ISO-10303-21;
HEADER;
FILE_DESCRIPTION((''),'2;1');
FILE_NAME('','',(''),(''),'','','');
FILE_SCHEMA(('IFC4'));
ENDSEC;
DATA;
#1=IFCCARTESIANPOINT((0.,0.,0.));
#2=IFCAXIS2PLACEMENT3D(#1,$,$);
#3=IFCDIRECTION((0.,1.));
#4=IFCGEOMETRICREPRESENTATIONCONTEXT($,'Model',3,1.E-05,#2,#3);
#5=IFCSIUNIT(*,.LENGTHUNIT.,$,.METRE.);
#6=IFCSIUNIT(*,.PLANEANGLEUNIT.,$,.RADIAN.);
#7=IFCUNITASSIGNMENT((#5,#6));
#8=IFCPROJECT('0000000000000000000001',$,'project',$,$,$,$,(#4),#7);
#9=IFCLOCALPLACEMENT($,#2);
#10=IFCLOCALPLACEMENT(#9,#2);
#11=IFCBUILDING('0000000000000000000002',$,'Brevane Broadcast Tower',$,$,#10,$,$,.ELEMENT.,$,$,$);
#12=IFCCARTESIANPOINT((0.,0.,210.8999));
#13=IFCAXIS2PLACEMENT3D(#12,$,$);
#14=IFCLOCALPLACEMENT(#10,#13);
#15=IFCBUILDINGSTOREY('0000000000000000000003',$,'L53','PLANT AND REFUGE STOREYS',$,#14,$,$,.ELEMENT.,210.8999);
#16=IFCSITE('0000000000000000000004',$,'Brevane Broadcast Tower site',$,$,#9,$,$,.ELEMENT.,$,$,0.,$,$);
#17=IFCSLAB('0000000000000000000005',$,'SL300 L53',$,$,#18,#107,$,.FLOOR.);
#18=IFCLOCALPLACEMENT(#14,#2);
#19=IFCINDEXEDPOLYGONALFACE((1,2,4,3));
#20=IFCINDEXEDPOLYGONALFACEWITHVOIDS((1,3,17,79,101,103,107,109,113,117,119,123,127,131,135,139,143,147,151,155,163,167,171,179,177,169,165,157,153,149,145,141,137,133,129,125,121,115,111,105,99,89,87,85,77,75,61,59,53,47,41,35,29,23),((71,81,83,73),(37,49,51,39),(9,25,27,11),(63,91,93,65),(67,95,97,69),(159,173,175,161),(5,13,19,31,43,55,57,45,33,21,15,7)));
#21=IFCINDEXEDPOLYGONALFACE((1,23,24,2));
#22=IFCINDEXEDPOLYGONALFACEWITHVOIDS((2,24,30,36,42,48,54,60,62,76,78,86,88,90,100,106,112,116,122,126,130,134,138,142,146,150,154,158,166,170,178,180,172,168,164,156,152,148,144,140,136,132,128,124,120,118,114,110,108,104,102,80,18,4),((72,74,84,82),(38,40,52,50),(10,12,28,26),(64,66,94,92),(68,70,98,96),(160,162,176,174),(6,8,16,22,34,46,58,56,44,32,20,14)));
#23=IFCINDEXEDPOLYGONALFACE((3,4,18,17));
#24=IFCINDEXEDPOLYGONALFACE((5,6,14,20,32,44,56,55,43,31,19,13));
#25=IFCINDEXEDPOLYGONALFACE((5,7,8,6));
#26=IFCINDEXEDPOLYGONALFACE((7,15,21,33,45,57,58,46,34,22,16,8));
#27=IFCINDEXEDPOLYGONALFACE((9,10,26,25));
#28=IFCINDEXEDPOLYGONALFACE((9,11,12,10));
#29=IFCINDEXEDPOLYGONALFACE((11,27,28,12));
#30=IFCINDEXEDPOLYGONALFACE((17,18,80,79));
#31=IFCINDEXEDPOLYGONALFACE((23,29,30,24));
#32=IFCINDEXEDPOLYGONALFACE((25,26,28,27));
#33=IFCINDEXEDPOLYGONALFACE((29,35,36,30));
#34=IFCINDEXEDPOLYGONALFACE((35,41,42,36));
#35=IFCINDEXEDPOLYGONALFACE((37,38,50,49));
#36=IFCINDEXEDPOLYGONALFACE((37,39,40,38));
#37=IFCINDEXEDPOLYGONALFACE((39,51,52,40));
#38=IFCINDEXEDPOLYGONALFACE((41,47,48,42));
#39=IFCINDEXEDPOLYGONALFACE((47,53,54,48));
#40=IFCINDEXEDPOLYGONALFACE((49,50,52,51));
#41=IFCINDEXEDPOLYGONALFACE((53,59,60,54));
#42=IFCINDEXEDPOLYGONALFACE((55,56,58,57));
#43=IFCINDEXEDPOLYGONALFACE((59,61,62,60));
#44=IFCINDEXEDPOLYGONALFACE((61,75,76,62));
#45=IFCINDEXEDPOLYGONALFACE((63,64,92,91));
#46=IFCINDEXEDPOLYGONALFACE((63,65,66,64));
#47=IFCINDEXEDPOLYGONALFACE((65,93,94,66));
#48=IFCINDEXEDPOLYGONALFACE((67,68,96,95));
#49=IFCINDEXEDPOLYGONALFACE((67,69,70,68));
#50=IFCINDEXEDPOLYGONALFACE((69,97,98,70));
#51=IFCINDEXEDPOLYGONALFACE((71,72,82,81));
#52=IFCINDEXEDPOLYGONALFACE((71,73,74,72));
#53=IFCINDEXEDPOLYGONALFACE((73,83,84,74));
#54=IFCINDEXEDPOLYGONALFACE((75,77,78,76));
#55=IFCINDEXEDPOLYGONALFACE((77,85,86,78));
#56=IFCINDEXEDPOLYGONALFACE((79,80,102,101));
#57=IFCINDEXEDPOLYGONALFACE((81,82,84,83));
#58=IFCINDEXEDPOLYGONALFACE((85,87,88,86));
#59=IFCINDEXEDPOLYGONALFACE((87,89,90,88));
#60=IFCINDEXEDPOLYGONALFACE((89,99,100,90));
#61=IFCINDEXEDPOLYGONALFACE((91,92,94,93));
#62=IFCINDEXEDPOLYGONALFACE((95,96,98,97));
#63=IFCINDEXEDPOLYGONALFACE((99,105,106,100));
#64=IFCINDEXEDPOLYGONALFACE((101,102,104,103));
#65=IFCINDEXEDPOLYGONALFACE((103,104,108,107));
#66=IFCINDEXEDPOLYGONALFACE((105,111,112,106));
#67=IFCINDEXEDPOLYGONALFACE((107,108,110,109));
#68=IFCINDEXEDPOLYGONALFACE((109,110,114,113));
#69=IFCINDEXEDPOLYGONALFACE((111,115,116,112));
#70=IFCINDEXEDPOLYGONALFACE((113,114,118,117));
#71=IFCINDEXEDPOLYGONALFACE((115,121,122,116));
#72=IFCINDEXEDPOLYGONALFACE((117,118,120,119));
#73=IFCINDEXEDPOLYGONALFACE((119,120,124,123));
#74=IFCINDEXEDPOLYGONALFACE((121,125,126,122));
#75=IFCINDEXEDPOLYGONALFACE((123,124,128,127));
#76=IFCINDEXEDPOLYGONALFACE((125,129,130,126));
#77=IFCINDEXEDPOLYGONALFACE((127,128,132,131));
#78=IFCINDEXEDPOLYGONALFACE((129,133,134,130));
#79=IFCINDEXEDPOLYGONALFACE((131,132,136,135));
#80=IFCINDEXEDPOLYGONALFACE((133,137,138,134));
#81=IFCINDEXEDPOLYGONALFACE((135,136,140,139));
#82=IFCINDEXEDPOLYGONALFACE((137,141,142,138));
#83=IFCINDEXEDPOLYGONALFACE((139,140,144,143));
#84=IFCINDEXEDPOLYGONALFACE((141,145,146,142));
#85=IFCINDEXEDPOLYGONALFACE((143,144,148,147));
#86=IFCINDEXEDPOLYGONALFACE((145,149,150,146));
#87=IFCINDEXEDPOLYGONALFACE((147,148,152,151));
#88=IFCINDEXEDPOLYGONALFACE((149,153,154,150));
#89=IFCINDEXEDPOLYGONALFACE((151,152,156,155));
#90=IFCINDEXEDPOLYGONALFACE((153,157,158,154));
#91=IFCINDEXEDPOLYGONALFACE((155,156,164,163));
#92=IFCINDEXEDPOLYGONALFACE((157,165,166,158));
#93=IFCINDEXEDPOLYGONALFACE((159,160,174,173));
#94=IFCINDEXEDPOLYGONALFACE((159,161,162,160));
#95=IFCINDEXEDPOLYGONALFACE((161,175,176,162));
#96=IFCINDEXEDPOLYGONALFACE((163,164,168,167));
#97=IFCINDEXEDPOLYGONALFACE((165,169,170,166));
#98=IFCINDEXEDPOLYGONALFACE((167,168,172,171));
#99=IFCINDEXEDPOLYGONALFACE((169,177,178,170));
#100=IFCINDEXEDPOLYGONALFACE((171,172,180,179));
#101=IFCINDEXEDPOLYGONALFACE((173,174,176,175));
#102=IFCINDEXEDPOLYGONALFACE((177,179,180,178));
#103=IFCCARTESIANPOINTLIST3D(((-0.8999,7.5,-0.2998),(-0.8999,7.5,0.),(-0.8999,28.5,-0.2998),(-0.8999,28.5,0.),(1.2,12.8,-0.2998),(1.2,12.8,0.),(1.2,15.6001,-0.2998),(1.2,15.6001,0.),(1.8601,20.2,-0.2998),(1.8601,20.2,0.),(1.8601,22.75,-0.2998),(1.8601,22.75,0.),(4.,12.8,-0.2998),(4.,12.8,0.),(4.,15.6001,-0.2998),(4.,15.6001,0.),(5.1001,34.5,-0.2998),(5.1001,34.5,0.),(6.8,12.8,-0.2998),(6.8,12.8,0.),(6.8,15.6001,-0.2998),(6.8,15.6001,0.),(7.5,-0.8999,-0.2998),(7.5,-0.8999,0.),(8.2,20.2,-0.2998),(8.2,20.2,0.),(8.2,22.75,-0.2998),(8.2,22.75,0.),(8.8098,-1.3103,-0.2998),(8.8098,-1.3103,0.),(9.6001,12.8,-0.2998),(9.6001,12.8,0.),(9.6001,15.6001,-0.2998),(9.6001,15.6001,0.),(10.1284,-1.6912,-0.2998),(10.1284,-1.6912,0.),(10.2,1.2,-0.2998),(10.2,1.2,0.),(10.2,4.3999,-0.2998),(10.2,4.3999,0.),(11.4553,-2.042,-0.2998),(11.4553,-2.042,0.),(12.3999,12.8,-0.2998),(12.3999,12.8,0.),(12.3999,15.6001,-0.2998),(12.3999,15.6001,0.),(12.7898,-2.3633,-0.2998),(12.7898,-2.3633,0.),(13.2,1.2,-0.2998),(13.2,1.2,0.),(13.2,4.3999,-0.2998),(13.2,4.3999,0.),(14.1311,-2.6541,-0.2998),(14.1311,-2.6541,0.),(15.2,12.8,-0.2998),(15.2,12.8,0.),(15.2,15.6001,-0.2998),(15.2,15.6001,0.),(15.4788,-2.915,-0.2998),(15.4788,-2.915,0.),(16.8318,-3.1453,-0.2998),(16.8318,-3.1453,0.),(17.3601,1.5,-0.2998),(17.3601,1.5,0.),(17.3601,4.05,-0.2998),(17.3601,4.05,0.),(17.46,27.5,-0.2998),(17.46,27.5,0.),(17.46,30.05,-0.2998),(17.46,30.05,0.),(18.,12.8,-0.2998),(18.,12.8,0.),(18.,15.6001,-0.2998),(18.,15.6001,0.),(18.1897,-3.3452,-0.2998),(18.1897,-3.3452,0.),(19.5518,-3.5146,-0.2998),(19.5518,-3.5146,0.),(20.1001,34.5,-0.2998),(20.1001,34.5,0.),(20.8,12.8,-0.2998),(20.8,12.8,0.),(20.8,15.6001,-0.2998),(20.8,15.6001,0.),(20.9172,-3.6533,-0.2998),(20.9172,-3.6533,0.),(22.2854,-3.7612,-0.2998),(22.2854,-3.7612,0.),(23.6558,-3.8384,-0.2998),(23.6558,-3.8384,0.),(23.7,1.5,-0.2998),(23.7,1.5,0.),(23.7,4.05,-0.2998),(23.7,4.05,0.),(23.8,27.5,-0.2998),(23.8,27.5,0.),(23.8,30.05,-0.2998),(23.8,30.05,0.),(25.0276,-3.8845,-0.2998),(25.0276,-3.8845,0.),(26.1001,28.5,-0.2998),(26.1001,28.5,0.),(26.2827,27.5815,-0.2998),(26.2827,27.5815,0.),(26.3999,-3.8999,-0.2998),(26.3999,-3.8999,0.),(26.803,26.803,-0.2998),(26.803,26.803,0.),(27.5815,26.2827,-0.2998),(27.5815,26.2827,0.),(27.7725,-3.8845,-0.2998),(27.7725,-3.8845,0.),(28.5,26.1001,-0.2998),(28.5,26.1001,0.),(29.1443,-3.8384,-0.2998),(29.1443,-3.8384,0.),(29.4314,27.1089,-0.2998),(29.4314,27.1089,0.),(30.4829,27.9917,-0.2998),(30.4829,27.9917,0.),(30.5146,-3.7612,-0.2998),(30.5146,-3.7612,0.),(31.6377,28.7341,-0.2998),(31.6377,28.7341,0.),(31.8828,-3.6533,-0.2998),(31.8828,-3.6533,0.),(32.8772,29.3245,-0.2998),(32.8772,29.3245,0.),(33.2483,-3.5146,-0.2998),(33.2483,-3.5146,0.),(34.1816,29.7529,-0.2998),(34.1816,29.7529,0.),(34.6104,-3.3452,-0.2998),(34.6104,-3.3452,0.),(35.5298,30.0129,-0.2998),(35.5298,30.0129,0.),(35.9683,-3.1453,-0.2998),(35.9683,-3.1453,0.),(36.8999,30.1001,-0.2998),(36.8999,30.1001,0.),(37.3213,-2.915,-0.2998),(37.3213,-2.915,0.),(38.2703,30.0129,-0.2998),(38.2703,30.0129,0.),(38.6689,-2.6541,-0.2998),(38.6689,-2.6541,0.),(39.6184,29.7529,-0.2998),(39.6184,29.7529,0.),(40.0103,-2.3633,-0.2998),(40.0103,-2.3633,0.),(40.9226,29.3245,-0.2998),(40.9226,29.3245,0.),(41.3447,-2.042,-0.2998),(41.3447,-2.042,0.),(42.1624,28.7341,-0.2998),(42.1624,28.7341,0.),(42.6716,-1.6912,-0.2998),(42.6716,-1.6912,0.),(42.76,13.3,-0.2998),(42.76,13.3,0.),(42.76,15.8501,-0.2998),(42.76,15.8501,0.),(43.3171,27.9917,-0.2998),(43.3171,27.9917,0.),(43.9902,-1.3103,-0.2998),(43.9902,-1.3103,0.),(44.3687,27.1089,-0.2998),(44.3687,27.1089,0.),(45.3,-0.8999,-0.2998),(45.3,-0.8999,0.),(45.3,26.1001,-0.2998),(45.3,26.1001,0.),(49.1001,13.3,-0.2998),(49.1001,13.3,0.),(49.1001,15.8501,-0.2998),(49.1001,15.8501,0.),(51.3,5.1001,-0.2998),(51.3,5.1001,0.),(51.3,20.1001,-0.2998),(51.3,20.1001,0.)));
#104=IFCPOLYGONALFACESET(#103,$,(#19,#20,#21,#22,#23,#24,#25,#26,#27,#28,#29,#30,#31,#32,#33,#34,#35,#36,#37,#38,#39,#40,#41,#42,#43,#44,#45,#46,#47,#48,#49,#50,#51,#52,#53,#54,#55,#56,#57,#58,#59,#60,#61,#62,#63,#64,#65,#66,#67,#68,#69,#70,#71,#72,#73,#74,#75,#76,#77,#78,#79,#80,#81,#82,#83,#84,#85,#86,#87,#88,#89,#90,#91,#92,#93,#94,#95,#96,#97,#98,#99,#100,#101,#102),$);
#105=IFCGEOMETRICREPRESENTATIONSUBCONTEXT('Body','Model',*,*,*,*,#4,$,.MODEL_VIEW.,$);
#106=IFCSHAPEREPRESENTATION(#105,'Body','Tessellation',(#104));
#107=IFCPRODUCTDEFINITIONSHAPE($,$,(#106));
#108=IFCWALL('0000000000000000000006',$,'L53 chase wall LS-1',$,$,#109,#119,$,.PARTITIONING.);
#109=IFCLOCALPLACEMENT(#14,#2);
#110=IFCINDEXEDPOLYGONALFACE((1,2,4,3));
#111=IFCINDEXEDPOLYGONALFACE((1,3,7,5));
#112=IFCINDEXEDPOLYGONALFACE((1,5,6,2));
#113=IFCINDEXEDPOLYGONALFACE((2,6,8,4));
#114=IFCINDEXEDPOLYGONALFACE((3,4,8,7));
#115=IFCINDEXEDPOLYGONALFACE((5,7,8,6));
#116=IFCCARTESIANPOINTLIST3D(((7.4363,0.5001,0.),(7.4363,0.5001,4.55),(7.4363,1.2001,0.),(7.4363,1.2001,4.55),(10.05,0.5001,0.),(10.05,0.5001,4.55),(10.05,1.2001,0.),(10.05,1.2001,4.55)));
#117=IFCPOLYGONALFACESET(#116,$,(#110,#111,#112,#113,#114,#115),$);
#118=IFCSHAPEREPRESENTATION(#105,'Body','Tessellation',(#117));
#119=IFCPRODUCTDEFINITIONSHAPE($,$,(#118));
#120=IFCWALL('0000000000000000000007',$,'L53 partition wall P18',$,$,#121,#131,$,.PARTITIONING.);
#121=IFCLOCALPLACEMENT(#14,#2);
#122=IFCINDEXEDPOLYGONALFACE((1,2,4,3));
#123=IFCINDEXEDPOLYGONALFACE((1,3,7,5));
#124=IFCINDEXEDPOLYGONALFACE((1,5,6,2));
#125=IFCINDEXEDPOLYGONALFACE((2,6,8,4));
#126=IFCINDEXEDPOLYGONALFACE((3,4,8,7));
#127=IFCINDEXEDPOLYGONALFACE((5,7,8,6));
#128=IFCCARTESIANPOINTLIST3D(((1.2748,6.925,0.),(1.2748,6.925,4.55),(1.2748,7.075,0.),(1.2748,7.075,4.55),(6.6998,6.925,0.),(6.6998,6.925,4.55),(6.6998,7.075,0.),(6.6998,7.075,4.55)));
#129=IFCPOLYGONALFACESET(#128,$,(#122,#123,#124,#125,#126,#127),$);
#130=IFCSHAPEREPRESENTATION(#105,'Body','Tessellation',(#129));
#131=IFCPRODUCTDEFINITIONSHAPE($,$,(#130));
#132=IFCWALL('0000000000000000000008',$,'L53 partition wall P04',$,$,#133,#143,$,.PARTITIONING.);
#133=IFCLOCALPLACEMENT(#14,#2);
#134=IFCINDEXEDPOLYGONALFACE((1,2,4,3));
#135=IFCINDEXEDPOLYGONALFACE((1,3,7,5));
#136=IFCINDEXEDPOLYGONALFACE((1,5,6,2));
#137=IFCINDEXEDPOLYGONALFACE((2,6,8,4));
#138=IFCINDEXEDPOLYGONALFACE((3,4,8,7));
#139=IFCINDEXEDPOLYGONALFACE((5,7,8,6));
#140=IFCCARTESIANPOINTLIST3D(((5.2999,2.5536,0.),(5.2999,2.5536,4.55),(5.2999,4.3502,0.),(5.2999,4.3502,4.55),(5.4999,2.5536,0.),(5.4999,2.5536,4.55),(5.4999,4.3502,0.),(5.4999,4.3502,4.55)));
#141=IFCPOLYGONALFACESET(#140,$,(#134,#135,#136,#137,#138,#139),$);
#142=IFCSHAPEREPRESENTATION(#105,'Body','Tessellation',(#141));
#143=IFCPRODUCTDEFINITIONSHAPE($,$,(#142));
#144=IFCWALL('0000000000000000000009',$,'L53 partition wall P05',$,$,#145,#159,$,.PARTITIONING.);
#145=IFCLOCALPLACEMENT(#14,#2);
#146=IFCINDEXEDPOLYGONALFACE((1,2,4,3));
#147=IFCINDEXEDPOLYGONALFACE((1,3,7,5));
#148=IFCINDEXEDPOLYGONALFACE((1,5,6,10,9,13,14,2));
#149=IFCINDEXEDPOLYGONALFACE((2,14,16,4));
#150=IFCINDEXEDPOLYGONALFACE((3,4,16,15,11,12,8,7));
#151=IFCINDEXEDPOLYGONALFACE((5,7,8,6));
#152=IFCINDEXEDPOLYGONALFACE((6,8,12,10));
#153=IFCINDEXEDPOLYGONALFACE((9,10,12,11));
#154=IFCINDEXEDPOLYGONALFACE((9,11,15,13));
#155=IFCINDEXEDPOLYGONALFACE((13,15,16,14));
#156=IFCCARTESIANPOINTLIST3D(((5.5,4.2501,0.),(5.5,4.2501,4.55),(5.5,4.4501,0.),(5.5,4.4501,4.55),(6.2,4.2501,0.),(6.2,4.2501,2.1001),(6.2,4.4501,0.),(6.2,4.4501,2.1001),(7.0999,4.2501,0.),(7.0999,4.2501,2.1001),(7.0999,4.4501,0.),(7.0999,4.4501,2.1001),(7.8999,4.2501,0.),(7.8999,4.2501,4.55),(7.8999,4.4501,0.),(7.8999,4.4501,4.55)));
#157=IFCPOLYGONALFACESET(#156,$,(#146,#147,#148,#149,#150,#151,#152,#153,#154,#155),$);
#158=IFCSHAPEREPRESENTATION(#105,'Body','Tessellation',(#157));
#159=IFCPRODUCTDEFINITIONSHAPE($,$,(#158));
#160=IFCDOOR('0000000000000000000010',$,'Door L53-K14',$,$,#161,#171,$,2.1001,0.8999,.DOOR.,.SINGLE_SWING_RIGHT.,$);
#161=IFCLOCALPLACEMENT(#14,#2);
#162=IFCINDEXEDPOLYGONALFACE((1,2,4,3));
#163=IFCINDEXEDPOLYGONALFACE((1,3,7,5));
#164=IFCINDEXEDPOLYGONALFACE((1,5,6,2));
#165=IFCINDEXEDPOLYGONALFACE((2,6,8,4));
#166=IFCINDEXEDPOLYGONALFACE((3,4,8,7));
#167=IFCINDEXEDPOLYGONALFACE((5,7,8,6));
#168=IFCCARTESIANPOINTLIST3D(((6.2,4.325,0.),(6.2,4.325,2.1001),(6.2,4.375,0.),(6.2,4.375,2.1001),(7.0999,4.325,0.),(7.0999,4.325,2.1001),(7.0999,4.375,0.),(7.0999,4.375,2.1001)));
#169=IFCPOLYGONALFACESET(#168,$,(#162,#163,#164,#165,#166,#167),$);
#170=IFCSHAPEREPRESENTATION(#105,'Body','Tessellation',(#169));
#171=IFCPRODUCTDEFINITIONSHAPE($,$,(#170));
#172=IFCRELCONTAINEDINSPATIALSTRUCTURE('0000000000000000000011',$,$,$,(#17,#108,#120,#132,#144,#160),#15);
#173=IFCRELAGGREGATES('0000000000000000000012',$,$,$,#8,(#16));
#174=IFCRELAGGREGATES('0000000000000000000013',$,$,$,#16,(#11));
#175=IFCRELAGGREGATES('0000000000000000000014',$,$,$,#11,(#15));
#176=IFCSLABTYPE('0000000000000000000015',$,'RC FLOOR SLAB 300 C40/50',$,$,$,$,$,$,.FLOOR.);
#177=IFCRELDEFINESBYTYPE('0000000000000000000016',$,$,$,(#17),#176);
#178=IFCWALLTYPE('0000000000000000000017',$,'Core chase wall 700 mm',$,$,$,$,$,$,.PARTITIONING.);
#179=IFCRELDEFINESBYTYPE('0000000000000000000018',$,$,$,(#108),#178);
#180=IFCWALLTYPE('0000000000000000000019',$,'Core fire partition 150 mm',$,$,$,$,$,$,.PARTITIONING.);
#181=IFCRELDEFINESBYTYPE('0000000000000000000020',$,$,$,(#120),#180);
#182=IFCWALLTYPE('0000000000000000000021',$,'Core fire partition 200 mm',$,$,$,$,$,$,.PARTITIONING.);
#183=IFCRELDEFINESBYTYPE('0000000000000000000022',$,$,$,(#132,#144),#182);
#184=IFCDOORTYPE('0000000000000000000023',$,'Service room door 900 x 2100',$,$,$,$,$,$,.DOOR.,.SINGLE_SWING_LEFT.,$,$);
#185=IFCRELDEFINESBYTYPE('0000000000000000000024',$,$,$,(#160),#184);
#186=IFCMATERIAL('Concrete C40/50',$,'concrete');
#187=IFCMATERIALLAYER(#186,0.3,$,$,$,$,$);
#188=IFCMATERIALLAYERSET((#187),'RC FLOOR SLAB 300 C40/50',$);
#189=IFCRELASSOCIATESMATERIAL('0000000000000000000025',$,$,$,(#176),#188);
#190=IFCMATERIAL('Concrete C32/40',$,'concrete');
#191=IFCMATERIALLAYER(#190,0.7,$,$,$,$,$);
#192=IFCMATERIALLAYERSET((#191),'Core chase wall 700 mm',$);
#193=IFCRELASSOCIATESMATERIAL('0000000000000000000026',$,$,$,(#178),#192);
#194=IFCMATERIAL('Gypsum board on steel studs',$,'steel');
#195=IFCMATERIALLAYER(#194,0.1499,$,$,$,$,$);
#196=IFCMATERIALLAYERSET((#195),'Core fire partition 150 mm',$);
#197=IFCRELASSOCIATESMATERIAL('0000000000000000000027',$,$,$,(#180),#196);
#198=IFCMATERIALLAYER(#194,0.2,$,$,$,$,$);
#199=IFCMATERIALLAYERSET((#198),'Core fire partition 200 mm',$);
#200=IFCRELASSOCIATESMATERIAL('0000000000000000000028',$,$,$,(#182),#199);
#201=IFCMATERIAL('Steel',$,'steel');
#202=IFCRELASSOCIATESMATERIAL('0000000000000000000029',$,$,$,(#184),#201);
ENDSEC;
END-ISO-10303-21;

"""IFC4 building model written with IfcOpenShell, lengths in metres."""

from ifc_helpers import new_model, si_unit, direction, frame, frame_2d, origin, place, context, subcontext, project, spatial, polyline, rectangle, outline, extrude, material, layer, layer_set, type_object, element, fill, save


model = new_model("IFC4")

# Units and contexts
model_context = context("Model", 3, precision=1e-05, world=origin(), true_north=direction((0.0, 1.0)))
body_context = subcontext(model_context, "Body", "Model", "MODEL_VIEW")
ifc_project = project(units=[si_unit("LENGTHUNIT", "METRE"), si_unit("PLANEANGLEUNIT", "RADIAN")], contexts=[model_context])

# Site, building, storey
site_placement = place(None, origin())
site = spatial("IfcSite", under=ifc_project, at=site_placement, Name="Brevane Broadcast Tower site", CompositionType="ELEMENT", RefElevation=0.0)
building_placement = place(site_placement, origin())
building = spatial("IfcBuilding", under=site, at=building_placement, Name="Brevane Broadcast Tower", CompositionType="ELEMENT")
storey_placement = place(building_placement, frame((0.0, 0.0, 210.8999)))
storey = spatial("IfcBuildingStorey", under=building, at=storey_placement, Name="L53", Description="PLANT AND REFUGE STOREYS", CompositionType="ELEMENT", Elevation=210.8999)

# Slab
ifc_material_1 = material(Name="Concrete C40/50", Category="concrete")
ifc_layer_1 = layer(ifc_material_1, 0.3)
ifc_layer_set_1 = layer_set([ifc_layer_1], Name="RC FLOOR SLAB 300 C40/50")
slab_type_1 = type_object("IfcSlabType", Name="RC FLOOR SLAB 300 C40/50", PredefinedType="FLOOR", material=ifc_layer_set_1)
slab_1_placement = place(storey_placement, frame((0.0, 0.0, -0.2998)))
element("IfcSlab", 1, at=slab_1_placement, inside=storey, type_object=slab_type_1, Name="SL300 L53", PredefinedType="FLOOR", context=body_context, shape_type="SweptSolid", body=[
    extrude(outline(polyline([(-0.8999, 7.5), (-0.8999, 28.5), (5.1001, 34.5), (20.1001, 34.5), (26.1001, 28.5), (26.2827, 27.5815), (26.803, 26.803), (27.5815, 26.2827), (28.5, 26.1001), (29.4314, 27.1089), (30.4829, 27.9917), (31.6377, 28.7341), (32.8772, 29.3245), (34.1816, 29.7529), (35.5298, 30.0129), (36.8999, 30.1001), (38.2703, 30.0129), (39.6184, 29.7529), (40.9226, 29.3245), (42.1624, 28.7341), (43.3171, 27.9917), (44.3687, 27.1089), (45.3, 26.1001), (51.3, 20.1001), (51.3, 5.1001), (45.3, -0.8999), (43.9902, -1.3103), (42.6716, -1.6912), (41.3447, -2.042), (40.0103, -2.3633), (38.6689, -2.6541), (37.3213, -2.915), (35.9683, -3.1453), (34.6104, -3.3452), (33.2483, -3.5146), (31.8828, -3.6533), (30.5146, -3.7612), (29.1443, -3.8384), (27.7725, -3.8845), (26.3999, -3.8999), (25.0276, -3.8845), (23.6558, -3.8384), (22.2854, -3.7612), (20.9172, -3.6533), (19.5518, -3.5146), (18.1897, -3.3452), (16.8318, -3.1453), (15.4788, -2.915), (14.1311, -2.6541), (12.7898, -2.3633), (11.4553, -2.042), (10.1284, -1.6912), (8.8098, -1.3103), (7.5, -0.8999), (-0.8999, 7.5)]), holes=[polyline([(13.2, 4.3999), (10.2, 4.3999), (10.2, 1.2), (13.2, 1.2), (13.2, 4.3999)]), polyline([(4.0, 15.6001), (1.2, 15.6001), (1.2, 12.8), (4.0, 12.8), (6.8, 12.8), (9.6001, 12.8), (12.3999, 12.8), (15.2, 12.8), (15.2, 15.6001), (12.3999, 15.6001), (9.6001, 15.6001), (6.8, 15.6001), (4.0, 15.6001)]), polyline([(1.8601, 22.75), (1.8601, 20.2), (8.2, 20.2), (8.2, 22.75), (1.8601, 22.75)]), polyline([(23.7, 4.05), (17.3601, 4.05), (17.3601, 1.5), (23.7, 1.5), (23.7, 4.05)]), polyline([(20.8, 15.6001), (18.0, 15.6001), (18.0, 12.8), (20.8, 12.8), (20.8, 15.6001)]), polyline([(49.1001, 15.8501), (42.76, 15.8501), (42.76, 13.3), (49.1001, 13.3), (49.1001, 15.8501)]), polyline([(23.8, 30.05), (17.46, 30.05), (17.46, 27.5), (23.8, 27.5), (23.8, 30.05)])]), origin(), (0.0, 0.0, 1.0), 0.2998),
])

# Walls
ifc_material_2 = material(Name="Concrete C32/40", Category="concrete")
ifc_layer_2 = layer(ifc_material_2, 0.7)
ifc_layer_set_2 = layer_set([ifc_layer_2], Name="Core chase wall 700 mm")
wall_type_1 = type_object("IfcWallType", Name="Core chase wall 700 mm", PredefinedType="PARTITIONING", material=ifc_layer_set_2)
wall_1_placement = place(storey_placement, frame((7.4363, 0.8501, 0.0), z_axis=(0.0, 0.0, 1.0), x_axis=(1.0, 0.0, 0.0)))
element("IfcWall", 2, at=wall_1_placement, inside=storey, type_object=wall_type_1, Name="L53 chase wall LS-1", PredefinedType="PARTITIONING", context=body_context, shape_type="SweptSolid", body=[
    extrude(rectangle(XDim=2.6138, YDim=0.7, at=frame_2d((1.3069, 0.0))), origin(), (0.0, 0.0, 1.0), 4.55),
])
ifc_material_3 = material(Name="Gypsum board on steel studs", Category="steel")
ifc_layer_3 = layer(ifc_material_3, 0.1499)
ifc_layer_set_3 = layer_set([ifc_layer_3], Name="Core fire partition 150 mm")
wall_type_2 = type_object("IfcWallType", Name="Core fire partition 150 mm", PredefinedType="PARTITIONING", material=ifc_layer_set_3)
wall_2_placement = place(storey_placement, frame((1.2749, 7.0, 0.0), z_axis=(0.0, 0.0, 1.0), x_axis=(1.0, 0.0, 0.0)))
element("IfcWall", 3, at=wall_2_placement, inside=storey, type_object=wall_type_2, Name="L53 partition wall P18", PredefinedType="PARTITIONING", context=body_context, shape_type="SweptSolid", body=[
    extrude(rectangle(XDim=5.425, YDim=0.1499, at=frame_2d((2.7124, 0.0))), origin(), (0.0, 0.0, 1.0), 4.55),
])
ifc_layer_4 = layer(ifc_material_3, 0.2)
ifc_layer_set_4 = layer_set([ifc_layer_4], Name="Core fire partition 200 mm")
wall_type_3 = type_object("IfcWallType", Name="Core fire partition 200 mm", PredefinedType="PARTITIONING", material=ifc_layer_set_4)
wall_3_placement = place(storey_placement, frame((5.3999, 2.5535, 0.0), z_axis=(0.0, 0.0, 1.0), x_axis=(0.0, 1.0, 0.0)))
element("IfcWall", 4, at=wall_3_placement, inside=storey, type_object=wall_type_3, Name="L53 partition wall P04", PredefinedType="PARTITIONING", context=body_context, shape_type="SweptSolid", body=[
    extrude(rectangle(XDim=1.7966, YDim=0.2, at=frame_2d((0.8984, 0.0))), origin(), (0.0, 0.0, 1.0), 4.55),
])

# Wall, opening, door
wall_4_placement = place(storey_placement, frame((5.5, 4.3501, 0.0), z_axis=(0.0, 0.0, 1.0), x_axis=(1.0, 0.0, 0.0)))
wall_4 = element("IfcWall", 5, at=wall_4_placement, inside=storey, type_object=wall_type_3, Name="L53 partition wall P05", PredefinedType="PARTITIONING", context=body_context, shape_type="SweptSolid", body=[
    extrude(rectangle(XDim=2.3999, YDim=0.2, at=frame_2d((1.2, 0.0))), origin(), (0.0, 0.0, 1.0), 4.55),
])
opening_placement = place(wall_4_placement, frame((0.7, 0.0, 0.0)))
opening = element("IfcOpeningElement", 6, at=opening_placement, cuts=wall_4, PredefinedType="OPENING", context=body_context, shape_type="SweptSolid", body=[
    extrude(rectangle(XDim=0.8999, YDim=2.1001, at=frame_2d((0.45, 1.05))), frame((0.0, 0.1099, 0.0), z_axis=(0.0, -1.0, 0.0), x_axis=(1.0, 0.0, 0.0)), (0.0, 0.0, 1.0), 0.22),
])
ifc_material_4 = material(Name="Steel", Category="steel")
door_type = type_object("IfcDoorType", Name="Service room door 900 x 2100", OperationType="SINGLE_SWING_LEFT", PredefinedType="DOOR", material=ifc_material_4)
door_placement = place(opening_placement, origin())
door = element("IfcDoor", 7, at=door_placement, inside=storey, type_object=door_type, Name="Door L53-K14", OperationType="SINGLE_SWING_RIGHT", OverallHeight=2.1001, OverallWidth=0.8999, PredefinedType="DOOR", context=body_context, shape_type="SweptSolid", body=[
    extrude(rectangle(XDim=0.8999, YDim=2.1001, at=frame_2d((0.45, 1.05))), frame((0.0, 0.0249, 0.0), z_axis=(0.0, -1.0, 0.0), x_axis=(1.0, 0.0, 0.0)), (0.0, 0.0, 1.0), 0.05),
])
fill(opening, door)

save(model, "model.ifc")
